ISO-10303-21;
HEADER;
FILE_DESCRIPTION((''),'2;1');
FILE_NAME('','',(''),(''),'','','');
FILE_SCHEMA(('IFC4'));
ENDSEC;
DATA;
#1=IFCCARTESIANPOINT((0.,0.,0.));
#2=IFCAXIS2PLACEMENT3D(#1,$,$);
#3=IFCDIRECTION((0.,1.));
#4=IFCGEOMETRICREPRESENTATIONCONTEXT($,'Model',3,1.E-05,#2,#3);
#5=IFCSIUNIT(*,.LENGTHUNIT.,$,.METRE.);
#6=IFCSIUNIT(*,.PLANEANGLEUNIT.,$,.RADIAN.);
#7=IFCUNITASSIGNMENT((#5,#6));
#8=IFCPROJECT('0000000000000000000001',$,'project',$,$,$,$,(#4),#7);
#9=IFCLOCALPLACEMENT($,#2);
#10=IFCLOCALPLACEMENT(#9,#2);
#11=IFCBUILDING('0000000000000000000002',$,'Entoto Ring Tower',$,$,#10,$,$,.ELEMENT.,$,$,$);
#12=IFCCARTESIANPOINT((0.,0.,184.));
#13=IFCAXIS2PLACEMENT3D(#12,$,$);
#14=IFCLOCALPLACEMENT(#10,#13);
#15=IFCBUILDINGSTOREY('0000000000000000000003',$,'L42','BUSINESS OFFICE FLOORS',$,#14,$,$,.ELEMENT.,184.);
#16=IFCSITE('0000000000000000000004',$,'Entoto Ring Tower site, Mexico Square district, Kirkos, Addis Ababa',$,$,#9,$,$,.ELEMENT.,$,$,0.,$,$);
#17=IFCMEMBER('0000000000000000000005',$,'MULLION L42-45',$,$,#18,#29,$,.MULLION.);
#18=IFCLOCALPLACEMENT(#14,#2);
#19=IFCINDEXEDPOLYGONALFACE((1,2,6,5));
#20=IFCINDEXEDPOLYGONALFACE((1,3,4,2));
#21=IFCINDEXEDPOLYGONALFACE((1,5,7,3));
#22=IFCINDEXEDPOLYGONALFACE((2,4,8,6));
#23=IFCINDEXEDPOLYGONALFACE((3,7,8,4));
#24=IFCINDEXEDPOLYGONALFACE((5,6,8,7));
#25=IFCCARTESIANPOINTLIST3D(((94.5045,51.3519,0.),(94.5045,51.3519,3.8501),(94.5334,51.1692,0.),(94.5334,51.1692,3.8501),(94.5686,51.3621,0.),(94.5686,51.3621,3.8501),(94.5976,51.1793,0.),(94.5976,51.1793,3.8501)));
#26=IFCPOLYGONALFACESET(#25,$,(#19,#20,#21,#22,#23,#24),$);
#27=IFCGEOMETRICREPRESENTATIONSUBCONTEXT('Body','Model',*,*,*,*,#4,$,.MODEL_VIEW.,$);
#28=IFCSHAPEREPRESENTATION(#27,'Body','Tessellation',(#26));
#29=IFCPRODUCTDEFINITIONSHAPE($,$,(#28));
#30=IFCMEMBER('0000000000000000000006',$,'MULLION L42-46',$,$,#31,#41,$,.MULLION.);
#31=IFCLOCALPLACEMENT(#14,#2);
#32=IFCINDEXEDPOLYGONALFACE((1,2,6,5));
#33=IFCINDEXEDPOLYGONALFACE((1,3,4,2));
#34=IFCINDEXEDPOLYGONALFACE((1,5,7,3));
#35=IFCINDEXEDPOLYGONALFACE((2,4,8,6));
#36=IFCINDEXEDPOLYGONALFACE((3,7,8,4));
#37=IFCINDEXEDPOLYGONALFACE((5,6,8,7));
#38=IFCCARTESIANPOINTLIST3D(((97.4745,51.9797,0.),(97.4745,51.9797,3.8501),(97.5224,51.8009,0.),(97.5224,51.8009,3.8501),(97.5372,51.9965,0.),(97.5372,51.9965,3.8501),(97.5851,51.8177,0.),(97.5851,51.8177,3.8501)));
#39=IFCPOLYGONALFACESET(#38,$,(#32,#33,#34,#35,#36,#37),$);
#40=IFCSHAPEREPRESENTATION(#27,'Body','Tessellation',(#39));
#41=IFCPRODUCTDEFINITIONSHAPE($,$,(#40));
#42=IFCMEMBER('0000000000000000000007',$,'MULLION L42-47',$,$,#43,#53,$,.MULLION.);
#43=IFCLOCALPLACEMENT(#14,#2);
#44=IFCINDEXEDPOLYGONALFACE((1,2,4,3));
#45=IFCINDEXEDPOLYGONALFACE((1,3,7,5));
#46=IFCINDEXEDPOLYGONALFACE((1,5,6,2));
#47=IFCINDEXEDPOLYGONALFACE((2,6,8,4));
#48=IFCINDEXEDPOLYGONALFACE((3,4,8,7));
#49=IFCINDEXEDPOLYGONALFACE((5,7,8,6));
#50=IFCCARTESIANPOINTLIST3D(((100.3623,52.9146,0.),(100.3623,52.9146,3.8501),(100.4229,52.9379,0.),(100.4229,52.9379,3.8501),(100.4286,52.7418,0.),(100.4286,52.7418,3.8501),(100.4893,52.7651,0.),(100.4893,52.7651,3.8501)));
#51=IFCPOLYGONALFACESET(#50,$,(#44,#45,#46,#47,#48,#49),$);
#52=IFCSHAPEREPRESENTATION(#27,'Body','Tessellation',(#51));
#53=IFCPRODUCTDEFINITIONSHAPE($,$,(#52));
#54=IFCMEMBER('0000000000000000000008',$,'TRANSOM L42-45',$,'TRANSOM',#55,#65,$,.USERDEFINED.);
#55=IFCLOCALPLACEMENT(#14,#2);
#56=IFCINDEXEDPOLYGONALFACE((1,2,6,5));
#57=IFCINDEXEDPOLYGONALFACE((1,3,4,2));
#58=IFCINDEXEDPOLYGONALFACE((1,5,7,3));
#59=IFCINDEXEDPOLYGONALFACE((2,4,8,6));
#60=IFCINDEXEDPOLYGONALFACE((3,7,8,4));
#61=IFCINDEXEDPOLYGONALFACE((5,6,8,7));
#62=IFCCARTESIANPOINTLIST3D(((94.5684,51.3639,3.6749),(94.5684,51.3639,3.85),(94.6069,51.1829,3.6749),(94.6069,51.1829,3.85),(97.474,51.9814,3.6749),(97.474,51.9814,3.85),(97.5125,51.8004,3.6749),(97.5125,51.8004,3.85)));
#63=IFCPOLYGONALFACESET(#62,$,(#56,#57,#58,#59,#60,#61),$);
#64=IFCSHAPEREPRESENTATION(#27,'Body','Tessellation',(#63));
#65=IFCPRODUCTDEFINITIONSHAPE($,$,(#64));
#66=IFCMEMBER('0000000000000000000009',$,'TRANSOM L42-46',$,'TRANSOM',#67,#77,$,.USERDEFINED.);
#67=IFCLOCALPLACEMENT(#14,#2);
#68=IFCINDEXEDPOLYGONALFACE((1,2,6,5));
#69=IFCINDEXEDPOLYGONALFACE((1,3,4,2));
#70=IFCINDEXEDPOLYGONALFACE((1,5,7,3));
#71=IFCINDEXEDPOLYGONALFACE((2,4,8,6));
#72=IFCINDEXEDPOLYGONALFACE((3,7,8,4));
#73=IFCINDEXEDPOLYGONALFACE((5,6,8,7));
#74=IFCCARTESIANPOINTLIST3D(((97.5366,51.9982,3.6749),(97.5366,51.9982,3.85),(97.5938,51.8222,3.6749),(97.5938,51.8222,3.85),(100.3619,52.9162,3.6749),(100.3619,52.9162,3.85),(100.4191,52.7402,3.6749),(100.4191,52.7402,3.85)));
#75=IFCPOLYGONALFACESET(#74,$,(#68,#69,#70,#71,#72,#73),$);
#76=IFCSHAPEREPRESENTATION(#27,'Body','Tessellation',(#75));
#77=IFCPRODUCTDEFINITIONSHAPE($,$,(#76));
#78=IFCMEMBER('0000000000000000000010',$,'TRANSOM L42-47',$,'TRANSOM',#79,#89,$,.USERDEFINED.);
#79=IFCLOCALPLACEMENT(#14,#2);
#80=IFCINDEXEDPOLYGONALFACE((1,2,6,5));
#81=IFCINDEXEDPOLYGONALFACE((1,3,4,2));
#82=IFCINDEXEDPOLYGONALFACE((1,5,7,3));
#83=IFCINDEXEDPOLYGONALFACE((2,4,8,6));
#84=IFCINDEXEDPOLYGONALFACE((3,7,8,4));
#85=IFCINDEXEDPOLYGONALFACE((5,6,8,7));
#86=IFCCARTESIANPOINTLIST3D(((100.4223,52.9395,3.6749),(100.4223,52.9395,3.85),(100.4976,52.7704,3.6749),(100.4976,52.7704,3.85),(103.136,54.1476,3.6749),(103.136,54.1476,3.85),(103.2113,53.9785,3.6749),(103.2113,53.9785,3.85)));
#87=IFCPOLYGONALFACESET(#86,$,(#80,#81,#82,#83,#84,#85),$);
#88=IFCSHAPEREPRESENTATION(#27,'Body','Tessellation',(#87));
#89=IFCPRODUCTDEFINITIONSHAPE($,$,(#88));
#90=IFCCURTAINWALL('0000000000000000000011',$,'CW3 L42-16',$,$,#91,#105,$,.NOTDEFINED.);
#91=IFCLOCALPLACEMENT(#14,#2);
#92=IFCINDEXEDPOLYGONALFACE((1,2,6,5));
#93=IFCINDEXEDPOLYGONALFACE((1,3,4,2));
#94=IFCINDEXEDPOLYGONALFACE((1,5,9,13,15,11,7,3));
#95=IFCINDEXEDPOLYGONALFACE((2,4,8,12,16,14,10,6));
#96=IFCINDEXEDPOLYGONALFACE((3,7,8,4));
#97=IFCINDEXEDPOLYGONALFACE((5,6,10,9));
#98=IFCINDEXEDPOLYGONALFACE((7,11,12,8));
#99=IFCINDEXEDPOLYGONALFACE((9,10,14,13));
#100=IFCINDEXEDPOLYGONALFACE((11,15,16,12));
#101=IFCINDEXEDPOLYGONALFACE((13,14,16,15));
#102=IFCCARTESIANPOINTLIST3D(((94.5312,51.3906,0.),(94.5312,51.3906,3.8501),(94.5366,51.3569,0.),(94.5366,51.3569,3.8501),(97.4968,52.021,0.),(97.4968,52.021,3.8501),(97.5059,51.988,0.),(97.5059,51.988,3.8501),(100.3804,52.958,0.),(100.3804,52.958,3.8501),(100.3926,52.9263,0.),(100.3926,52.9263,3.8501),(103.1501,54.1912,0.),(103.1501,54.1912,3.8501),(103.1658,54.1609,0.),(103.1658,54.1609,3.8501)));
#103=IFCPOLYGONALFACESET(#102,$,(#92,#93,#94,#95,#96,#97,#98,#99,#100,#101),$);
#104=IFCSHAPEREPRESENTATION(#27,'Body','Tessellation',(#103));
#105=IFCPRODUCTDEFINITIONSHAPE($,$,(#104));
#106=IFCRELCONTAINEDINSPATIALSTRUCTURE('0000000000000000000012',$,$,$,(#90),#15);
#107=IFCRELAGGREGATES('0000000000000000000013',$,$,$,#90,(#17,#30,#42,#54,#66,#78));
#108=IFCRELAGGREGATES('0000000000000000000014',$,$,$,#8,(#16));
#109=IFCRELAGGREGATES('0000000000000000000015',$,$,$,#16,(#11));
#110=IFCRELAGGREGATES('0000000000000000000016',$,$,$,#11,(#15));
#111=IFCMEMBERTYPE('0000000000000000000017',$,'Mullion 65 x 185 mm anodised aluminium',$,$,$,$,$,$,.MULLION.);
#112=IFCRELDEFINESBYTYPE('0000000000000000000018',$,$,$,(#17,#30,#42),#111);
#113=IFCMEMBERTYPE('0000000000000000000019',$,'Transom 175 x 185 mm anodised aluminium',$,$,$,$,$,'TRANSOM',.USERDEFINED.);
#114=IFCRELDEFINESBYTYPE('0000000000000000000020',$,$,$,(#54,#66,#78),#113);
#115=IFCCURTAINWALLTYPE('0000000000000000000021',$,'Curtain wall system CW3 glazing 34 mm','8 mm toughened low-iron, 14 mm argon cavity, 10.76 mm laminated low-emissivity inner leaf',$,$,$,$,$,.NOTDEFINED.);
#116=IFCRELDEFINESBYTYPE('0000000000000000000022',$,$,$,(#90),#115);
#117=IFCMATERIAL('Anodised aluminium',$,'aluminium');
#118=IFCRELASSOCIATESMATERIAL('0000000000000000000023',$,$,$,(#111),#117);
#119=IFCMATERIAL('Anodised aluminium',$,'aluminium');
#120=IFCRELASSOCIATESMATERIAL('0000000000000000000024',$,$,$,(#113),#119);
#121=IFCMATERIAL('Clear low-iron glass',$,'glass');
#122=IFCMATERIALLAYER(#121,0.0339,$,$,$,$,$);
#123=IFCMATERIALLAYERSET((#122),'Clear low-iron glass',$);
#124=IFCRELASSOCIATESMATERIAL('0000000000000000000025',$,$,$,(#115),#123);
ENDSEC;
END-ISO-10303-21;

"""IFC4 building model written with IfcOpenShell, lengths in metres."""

from ifc_helpers import new_model, si_unit, direction, frame, origin, origin_2d, place, context, subcontext, project, spatial, polyline, rectangle, outline, extrude, material, layer, layer_set, material_profile, profile_set, type_object, element, aggregate, save


model = new_model("IFC4")

# Units and contexts
model_context = context("Model", 3, precision=1e-05, world=origin(), true_north=direction((0.0, 1.0)))
body_context = subcontext(model_context, "Body", "Model", "MODEL_VIEW")
ifc_project = project(units=[si_unit("LENGTHUNIT", "METRE"), si_unit("PLANEANGLEUNIT", "RADIAN")], contexts=[model_context])

# Members
ifc_material_1 = material(Name="Anodised aluminium", Category="aluminium")
ifc_material_profile_1 = material_profile(ifc_material_1, rectangle(XDim=0.0649, YDim=0.1851, at=origin_2d()), Name="Mullion 65 x 185 mm anodised aluminium")
ifc_profile_set_1 = profile_set([ifc_material_profile_1], Name="Anodised aluminium")
member_type_1 = type_object("IfcMemberType", Name="Mullion 65 x 185 mm anodised aluminium", PredefinedType="MULLION", material=ifc_profile_set_1)
site_placement = place(None, origin())
building_placement = place(site_placement, origin())
storey_placement = place(building_placement, frame((0.0, 0.0, 184.0)))
member_1_placement = place(storey_placement, frame((94.551, 51.2656, 0.0), z_axis=(0.0, 0.0, 1.0), x_axis=(0.987688, 0.156434, 0.0)))
member_1 = element("IfcMember", 1, at=member_1_placement, type_object=member_type_1, Name="MULLION L42-45", PredefinedType="MULLION", context=body_context, shape_type="SweptSolid", body=[
    extrude(rectangle(XDim=0.0649, YDim=0.1851, at=origin_2d()), origin(), (0.0, 0.0, 1.0), 3.8501),
])
member_2_placement = place(storey_placement, frame((97.5298, 51.8987, 0.0), z_axis=(0.0, 0.0, 1.0), x_axis=(0.965926, 0.258819, 0.0)))
member_2 = element("IfcMember", 2, at=member_2_placement, type_object=member_type_1, Name="MULLION L42-46", PredefinedType="MULLION", context=body_context, shape_type="SweptSolid", body=[
    extrude(rectangle(XDim=0.0649, YDim=0.1851, at=origin_2d()), origin(), (0.0, 0.0, 1.0), 3.8501),
])
member_3_placement = place(storey_placement, frame((100.4258, 52.8398, 0.0), z_axis=(0.0, 0.0, 1.0), x_axis=(0.93358, 0.358368, 0.0)))
member_3 = element("IfcMember", 3, at=member_3_placement, type_object=member_type_1, Name="MULLION L42-47", PredefinedType="MULLION", context=body_context, shape_type="SweptSolid", body=[
    extrude(rectangle(XDim=0.0649, YDim=0.1851, at=origin_2d()), origin(), (0.0, 0.0, 1.0), 3.8501),
])
ifc_material_2 = material(Name="Anodised aluminium", Category="aluminium")
ifc_material_profile_2 = material_profile(ifc_material_2, rectangle(XDim=0.1851, YDim=0.175, at=origin_2d()), Name="Transom 175 x 185 mm anodised aluminium")
ifc_profile_set_2 = profile_set([ifc_material_profile_2], Name="Anodised aluminium")
member_type_2 = type_object("IfcMemberType", Name="Transom 175 x 185 mm anodised aluminium", ElementType="TRANSOM", PredefinedType="USERDEFINED", material=ifc_profile_set_2)
member_4_placement = place(storey_placement, frame((94.5876, 51.2734, 3.7625), z_axis=(0.978158, 0.207862, 0.0), x_axis=(-0.207862, 0.978158, 0.0)))
member_4 = element("IfcMember", 4, at=member_4_placement, type_object=member_type_2, Name="TRANSOM L42-45", ObjectType="TRANSOM", PredefinedType="USERDEFINED", context=body_context, shape_type="SweptSolid", body=[
    extrude(rectangle(XDim=0.1851, YDim=0.175, at=origin_2d()), origin(), (0.0, 0.0, 1.0), 2.9705),
])
member_5_placement = place(storey_placement, frame((97.5652, 51.9102, 3.7625), z_axis=(0.951056, 0.309019, 0.0), x_axis=(-0.309019, 0.951056, 0.0)))
member_5 = element("IfcMember", 5, at=member_5_placement, type_object=member_type_2, Name="TRANSOM L42-46", ObjectType="TRANSOM", PredefinedType="USERDEFINED", context=body_context, shape_type="SweptSolid", body=[
    extrude(rectangle(XDim=0.1851, YDim=0.175, at=origin_2d()), origin(), (0.0, 0.0, 1.0), 2.9707),
])
member_6_placement = place(storey_placement, frame((100.46, 52.855, 3.7625), z_axis=(0.913567, 0.406687, 0.0), x_axis=(-0.406687, 0.913567, 0.0)))
member_6 = element("IfcMember", 6, at=member_6_placement, type_object=member_type_2, Name="TRANSOM L42-47", ObjectType="TRANSOM", PredefinedType="USERDEFINED", context=body_context, shape_type="SweptSolid", body=[
    extrude(rectangle(XDim=0.1851, YDim=0.175, at=origin_2d()), origin(), (0.0, 0.0, 1.0), 2.9705),
])

# Site, building, storey
site = spatial("IfcSite", under=ifc_project, at=site_placement, Name="Entoto Ring Tower site, Mexico Square district, Kirkos, Addis Ababa", CompositionType="ELEMENT", RefElevation=0.0)
building = spatial("IfcBuilding", under=site, at=building_placement, Name="Entoto Ring Tower", CompositionType="ELEMENT")
storey = spatial("IfcBuildingStorey", under=building, at=storey_placement, Name="L42", Description="BUSINESS OFFICE FLOORS", CompositionType="ELEMENT", Elevation=184.0)

# Curtain wall
ifc_material_3 = material(Name="Clear low-iron glass", Category="glass")
ifc_layer_1 = layer(ifc_material_3, 0.0339)
ifc_layer_set_1 = layer_set([ifc_layer_1], Name="Clear low-iron glass")
curtain_wall_type = type_object("IfcCurtainWallType", Name="Curtain wall system CW3 glazing 34 mm", Description="8 mm toughened low-iron, 14 mm argon cavity, 10.76 mm laminated low-emissivity inner leaf", PredefinedType="NOTDEFINED", material=ifc_layer_set_1)
curtain_wall_1_placement = place(storey_placement, origin())
curtain_wall_1 = element("IfcCurtainWall", 7, at=curtain_wall_1_placement, inside=storey, type_object=curtain_wall_type, Name="CW3 L42-16", PredefinedType="NOTDEFINED", context=body_context, shape_type="SweptSolid", body=[
    extrude(outline(polyline([(94.5366, 51.3569), (97.5059, 51.988), (100.3926, 52.9263), (103.1658, 54.1609), (103.1501, 54.1912), (100.3804, 52.958), (97.4968, 52.021), (94.5312, 51.3906), (94.5366, 51.3569)])), origin(), (0.0, 0.0, 1.0), 3.8501),
])
aggregate(curtain_wall_1, [member_1, member_2, member_3, member_4, member_5, member_6])

save(model, "model.ifc")
